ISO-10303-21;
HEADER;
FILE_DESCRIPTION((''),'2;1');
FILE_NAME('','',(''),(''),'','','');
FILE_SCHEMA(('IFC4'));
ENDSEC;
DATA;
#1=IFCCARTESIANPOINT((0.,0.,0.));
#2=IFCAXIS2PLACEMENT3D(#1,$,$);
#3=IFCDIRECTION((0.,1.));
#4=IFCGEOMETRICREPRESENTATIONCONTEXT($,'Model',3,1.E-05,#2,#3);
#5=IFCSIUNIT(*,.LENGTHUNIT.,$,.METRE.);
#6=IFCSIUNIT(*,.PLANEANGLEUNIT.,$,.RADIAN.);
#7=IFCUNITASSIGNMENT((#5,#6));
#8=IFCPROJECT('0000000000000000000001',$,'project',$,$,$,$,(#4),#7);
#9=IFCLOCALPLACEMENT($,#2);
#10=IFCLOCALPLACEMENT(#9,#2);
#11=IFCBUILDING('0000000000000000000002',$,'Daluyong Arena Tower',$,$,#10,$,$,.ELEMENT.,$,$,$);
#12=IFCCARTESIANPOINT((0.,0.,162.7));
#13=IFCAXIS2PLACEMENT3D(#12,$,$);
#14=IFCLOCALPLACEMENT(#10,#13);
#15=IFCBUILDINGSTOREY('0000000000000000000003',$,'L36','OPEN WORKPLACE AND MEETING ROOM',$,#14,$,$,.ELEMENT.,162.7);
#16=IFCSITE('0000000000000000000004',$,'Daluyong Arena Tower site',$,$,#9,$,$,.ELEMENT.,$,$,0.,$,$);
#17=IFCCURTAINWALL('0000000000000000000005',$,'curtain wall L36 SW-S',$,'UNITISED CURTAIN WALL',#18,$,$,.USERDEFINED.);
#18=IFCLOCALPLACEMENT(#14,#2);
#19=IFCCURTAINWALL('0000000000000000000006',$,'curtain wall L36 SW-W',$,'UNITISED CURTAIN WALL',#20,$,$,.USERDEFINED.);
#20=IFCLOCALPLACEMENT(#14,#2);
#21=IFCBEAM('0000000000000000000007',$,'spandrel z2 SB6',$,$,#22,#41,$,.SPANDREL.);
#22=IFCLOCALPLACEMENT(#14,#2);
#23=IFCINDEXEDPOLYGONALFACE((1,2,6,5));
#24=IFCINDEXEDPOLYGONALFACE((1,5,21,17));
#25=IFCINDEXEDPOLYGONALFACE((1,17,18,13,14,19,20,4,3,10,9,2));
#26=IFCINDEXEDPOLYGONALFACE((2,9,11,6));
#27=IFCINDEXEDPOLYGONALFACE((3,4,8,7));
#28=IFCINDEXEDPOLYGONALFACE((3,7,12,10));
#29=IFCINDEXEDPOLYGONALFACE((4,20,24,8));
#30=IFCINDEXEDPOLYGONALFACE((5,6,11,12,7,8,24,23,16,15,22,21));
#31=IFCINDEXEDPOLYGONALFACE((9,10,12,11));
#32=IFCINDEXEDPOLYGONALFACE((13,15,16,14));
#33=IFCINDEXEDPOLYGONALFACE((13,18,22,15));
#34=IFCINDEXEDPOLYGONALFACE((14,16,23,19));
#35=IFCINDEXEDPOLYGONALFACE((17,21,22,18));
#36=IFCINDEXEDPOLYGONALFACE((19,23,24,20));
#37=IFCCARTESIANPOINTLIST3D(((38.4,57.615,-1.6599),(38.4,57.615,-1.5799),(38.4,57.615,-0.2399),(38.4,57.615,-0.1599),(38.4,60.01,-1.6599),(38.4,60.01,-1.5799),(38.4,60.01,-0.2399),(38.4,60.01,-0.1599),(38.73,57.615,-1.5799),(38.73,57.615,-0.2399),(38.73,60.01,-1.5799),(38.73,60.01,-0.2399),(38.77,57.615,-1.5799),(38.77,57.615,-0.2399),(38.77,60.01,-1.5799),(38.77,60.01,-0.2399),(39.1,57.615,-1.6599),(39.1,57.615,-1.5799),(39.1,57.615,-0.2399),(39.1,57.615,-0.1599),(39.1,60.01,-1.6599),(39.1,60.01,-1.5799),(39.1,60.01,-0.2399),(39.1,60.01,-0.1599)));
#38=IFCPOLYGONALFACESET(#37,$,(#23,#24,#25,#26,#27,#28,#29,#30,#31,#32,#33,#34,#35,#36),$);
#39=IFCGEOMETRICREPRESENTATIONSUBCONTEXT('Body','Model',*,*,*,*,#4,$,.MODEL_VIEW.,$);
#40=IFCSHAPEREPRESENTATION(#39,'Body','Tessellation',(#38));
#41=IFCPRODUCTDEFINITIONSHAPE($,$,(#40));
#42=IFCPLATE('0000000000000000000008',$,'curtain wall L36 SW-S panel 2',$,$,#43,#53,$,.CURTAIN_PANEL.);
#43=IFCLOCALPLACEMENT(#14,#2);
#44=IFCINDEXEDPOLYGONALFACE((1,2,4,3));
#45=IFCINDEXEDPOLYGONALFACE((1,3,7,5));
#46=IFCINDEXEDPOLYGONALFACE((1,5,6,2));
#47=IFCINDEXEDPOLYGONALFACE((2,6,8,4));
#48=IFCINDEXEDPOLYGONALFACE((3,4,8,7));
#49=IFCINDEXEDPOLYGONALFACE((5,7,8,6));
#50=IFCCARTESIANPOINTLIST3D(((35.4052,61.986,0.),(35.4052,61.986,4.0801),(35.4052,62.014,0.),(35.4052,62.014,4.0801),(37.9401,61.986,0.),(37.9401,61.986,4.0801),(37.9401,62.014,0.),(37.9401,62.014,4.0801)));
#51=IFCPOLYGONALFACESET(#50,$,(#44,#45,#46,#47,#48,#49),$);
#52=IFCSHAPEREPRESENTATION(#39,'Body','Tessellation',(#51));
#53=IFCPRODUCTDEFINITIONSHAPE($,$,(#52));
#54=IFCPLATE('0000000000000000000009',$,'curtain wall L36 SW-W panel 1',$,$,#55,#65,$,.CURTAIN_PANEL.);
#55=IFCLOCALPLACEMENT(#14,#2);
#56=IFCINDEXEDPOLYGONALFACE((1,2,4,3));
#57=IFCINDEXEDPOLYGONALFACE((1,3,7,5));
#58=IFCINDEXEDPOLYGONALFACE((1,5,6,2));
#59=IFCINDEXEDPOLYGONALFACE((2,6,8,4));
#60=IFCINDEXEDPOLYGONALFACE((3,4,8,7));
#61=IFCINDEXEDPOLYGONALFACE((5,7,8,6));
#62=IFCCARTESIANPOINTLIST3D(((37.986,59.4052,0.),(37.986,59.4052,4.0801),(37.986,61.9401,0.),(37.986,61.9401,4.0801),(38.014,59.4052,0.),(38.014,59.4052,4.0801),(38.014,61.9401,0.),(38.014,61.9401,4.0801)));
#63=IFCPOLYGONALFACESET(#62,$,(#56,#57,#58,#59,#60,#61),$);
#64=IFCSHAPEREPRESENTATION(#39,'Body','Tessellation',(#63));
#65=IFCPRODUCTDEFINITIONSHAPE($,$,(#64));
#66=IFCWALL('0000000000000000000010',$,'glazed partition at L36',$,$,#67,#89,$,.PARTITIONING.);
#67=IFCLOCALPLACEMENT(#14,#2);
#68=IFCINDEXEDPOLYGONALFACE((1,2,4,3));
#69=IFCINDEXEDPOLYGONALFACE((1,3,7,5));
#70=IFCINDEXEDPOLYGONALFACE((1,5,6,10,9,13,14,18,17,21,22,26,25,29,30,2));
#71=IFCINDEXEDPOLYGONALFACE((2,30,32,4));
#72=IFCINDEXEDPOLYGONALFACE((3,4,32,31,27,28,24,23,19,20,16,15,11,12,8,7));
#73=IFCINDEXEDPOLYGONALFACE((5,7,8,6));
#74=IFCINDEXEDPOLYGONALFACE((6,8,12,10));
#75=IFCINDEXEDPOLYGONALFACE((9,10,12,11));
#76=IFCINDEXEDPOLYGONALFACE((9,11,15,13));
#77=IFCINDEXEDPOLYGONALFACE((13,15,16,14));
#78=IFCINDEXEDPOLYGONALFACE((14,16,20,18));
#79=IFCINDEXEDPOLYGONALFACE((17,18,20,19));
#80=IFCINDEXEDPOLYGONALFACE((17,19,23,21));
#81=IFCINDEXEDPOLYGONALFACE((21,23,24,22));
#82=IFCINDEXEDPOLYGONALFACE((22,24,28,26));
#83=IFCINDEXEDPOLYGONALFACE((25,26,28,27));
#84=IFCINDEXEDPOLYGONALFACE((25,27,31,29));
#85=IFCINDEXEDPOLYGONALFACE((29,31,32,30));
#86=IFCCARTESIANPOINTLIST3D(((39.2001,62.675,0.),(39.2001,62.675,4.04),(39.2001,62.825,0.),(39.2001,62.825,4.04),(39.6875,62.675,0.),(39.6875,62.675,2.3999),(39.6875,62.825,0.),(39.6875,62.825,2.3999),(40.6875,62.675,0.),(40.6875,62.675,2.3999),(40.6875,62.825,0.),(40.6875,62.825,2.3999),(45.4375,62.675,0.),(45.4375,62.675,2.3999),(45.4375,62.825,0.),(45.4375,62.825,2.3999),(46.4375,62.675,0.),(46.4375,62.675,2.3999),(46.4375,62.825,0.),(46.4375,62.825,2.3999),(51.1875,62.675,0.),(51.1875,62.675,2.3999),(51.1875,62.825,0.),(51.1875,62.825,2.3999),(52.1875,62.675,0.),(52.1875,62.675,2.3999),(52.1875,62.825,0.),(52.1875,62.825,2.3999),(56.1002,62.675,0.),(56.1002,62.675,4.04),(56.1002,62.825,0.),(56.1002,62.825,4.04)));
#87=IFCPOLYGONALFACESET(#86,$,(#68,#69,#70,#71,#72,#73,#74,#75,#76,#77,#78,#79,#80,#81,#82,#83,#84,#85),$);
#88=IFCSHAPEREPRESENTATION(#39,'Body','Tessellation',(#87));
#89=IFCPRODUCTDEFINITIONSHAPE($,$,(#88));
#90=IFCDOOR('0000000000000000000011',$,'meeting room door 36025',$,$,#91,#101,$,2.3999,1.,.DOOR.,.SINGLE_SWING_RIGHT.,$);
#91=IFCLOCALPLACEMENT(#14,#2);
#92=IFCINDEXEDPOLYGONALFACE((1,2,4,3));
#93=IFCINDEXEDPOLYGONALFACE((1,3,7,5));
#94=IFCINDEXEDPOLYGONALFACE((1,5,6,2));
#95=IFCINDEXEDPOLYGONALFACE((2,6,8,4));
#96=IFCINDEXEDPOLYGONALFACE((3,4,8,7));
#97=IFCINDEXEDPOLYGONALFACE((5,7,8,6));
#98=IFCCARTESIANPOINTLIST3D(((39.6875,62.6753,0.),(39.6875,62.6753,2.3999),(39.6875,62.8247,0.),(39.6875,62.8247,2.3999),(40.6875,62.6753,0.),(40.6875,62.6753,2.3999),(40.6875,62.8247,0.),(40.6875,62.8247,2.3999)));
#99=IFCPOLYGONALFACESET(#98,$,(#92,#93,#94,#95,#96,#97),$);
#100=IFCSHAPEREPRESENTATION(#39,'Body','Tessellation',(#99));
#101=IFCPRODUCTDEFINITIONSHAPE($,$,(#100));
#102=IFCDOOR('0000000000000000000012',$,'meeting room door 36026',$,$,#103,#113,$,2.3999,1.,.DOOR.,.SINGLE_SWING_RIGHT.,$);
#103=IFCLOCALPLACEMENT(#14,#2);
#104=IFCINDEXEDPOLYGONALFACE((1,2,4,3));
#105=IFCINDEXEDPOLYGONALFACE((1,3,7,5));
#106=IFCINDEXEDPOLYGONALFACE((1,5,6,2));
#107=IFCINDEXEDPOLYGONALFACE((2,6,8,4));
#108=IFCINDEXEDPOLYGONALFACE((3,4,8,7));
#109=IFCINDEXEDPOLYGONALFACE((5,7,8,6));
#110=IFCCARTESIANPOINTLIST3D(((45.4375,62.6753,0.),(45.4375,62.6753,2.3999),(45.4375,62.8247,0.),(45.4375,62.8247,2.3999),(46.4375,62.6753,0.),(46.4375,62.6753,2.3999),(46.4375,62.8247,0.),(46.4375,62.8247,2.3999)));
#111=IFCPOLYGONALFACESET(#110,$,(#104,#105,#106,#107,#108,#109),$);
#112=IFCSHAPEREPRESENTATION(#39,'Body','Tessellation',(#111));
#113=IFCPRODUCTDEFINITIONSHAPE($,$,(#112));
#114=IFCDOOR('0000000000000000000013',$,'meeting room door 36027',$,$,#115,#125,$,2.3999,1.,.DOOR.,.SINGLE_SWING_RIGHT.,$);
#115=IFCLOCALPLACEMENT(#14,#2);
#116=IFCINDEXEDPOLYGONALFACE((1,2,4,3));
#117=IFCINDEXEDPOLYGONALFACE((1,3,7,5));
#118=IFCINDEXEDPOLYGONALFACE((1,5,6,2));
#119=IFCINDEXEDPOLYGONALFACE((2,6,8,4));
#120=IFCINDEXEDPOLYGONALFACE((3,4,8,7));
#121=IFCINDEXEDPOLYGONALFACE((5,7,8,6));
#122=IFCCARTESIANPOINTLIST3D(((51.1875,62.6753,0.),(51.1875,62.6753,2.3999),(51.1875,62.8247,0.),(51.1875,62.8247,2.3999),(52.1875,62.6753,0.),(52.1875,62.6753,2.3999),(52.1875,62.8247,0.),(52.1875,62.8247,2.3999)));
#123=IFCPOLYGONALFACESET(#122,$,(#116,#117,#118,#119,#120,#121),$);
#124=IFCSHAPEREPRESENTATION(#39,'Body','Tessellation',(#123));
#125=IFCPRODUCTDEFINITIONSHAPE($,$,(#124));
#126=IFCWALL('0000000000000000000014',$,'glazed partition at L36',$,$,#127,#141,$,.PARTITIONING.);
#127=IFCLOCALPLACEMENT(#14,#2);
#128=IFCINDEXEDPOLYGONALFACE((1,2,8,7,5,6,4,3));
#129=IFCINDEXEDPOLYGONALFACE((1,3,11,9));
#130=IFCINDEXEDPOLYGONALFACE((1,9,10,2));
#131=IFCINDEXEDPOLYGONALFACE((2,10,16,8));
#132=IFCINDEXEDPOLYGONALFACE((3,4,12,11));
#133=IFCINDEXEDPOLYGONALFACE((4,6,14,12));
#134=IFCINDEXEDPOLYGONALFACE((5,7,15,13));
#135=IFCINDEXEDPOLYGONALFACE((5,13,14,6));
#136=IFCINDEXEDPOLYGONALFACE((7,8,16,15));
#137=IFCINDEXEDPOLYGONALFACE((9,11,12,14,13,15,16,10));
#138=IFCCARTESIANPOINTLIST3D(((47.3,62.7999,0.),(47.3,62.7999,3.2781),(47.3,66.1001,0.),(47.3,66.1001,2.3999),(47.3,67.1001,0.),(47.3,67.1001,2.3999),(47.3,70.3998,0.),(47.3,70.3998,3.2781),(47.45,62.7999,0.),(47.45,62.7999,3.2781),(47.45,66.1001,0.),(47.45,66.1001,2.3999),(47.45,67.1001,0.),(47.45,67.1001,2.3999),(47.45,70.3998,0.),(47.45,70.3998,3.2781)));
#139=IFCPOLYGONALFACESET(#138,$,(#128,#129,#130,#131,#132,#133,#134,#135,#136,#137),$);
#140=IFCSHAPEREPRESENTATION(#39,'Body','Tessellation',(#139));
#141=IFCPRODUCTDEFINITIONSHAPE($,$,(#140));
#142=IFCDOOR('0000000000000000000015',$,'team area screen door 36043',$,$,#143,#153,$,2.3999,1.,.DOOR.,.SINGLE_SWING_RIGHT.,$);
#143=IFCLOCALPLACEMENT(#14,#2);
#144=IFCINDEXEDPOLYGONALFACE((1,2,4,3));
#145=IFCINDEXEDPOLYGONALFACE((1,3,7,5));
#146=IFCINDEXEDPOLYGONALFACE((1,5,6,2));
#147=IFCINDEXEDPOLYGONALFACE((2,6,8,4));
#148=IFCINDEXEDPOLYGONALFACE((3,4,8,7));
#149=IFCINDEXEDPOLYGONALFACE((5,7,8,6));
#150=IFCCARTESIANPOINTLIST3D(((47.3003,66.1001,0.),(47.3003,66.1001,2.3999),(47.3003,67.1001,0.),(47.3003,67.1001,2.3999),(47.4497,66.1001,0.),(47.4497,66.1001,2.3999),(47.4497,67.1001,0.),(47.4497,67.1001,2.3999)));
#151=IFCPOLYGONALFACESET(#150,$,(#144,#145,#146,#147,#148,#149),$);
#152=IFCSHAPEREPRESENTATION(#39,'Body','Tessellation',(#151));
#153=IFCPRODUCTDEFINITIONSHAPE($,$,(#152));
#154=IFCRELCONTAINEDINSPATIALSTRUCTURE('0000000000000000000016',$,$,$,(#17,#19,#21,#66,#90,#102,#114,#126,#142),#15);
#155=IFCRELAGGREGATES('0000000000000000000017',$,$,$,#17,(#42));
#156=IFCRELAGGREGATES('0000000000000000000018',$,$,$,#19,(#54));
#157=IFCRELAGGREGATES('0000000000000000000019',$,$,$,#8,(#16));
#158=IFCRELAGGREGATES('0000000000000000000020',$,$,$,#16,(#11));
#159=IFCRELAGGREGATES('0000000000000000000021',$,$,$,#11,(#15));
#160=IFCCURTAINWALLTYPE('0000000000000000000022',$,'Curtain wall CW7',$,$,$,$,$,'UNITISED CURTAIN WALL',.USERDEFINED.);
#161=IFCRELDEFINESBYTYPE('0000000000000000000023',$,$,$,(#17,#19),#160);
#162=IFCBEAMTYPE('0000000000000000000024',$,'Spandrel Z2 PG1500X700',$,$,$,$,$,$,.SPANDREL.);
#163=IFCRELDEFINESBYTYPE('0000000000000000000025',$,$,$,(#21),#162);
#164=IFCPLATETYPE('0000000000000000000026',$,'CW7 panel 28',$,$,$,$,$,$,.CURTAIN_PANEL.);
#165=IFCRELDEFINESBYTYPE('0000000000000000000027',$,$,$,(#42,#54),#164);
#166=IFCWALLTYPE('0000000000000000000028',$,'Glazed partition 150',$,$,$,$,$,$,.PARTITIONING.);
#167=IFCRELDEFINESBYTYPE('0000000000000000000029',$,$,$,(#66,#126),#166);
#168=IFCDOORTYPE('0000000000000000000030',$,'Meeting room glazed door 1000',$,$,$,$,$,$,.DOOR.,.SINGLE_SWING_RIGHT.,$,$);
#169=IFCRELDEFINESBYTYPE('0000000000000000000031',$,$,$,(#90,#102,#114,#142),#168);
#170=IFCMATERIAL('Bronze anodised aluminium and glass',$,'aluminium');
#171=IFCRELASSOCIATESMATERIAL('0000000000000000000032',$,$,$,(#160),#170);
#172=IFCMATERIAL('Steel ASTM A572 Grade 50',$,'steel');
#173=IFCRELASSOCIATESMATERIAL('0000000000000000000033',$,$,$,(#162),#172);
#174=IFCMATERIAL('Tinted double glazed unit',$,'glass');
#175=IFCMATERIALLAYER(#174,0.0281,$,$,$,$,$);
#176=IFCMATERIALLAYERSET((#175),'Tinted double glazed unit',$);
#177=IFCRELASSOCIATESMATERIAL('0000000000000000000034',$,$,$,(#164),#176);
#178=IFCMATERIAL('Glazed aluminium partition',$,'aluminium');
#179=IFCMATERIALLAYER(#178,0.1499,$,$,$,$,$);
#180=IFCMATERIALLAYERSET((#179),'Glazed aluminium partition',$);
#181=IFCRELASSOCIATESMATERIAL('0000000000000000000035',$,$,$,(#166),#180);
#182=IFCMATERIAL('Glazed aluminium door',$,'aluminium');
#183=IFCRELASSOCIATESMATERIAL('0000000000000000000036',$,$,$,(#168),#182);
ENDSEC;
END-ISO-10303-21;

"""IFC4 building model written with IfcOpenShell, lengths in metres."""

from ifc_helpers import new_model, si_unit, direction, frame, frame_2d, origin, origin_2d, place, context, subcontext, project, spatial, rectangle, i_section, extrude, material, layer, layer_set, material_profile, profile_set, type_object, element, fill, aggregate, save


model = new_model("IFC4")

# Units and contexts
model_context = context("Model", 3, precision=1e-05, world=origin(), true_north=direction((0.0, 1.0)))
body_context = subcontext(model_context, "Body", "Model", "MODEL_VIEW")
ifc_project = project(units=[si_unit("LENGTHUNIT", "METRE"), si_unit("PLANEANGLEUNIT", "RADIAN")], contexts=[model_context])

# Site, building, storey
site_placement = place(None, origin())
site = spatial("IfcSite", under=ifc_project, at=site_placement, Name="Daluyong Arena Tower site", CompositionType="ELEMENT", RefElevation=0.0)
building_placement = place(site_placement, origin())
building = spatial("IfcBuilding", under=site, at=building_placement, Name="Daluyong Arena Tower", CompositionType="ELEMENT")
storey_placement = place(building_placement, frame((0.0, 0.0, 162.7)))
storey = spatial("IfcBuildingStorey", under=building, at=storey_placement, Name="L36", Description="OPEN WORKPLACE AND MEETING ROOM", CompositionType="ELEMENT", Elevation=162.7)

# Curtain wall
ifc_material_1 = material(Name="Bronze anodised aluminium and glass", Category="aluminium")
curtain_wall_type = type_object("IfcCurtainWallType", Name="Curtain wall CW7", ElementType="UNITISED CURTAIN WALL", PredefinedType="USERDEFINED", material=ifc_material_1)
curtain_wall_1_placement = place(storey_placement, origin())
curtain_wall_1 = element("IfcCurtainWall", 1, at=curtain_wall_1_placement, inside=storey, type_object=curtain_wall_type, Name="curtain wall L36 SW-S", ObjectType="UNITISED CURTAIN WALL", PredefinedType="USERDEFINED")

# Curtain wall
curtain_wall_2_placement = place(storey_placement, origin())
curtain_wall_2 = element("IfcCurtainWall", 2, at=curtain_wall_2_placement, inside=storey, type_object=curtain_wall_type, Name="curtain wall L36 SW-W", ObjectType="UNITISED CURTAIN WALL", PredefinedType="USERDEFINED")

# Beam
ifc_material_2 = material(Name="Steel ASTM A572 Grade 50", Category="steel")
ifc_material_profile_1 = material_profile(ifc_material_2, i_section(OverallWidth=0.7, OverallDepth=1.5, WebThickness=0.04, FlangeThickness=0.08, at=origin_2d()))
ifc_profile_set_1 = profile_set([ifc_material_profile_1], Name="Steel ASTM A572 Grade 50")
beam_type_1 = type_object("IfcBeamType", Name="Spandrel Z2 PG1500X700", PredefinedType="SPANDREL", material=ifc_profile_set_1)
for number, where, z_axis, x_axis, name in (
    (3, (38.75, 60.01, -0.9099), (0.0, -1.0, 0.0), (1.0, 0.0, 0.0), "spandrel z2 SB6"),
):
    element("IfcBeam", number, at=place(storey_placement, frame(where, z_axis=z_axis, x_axis=x_axis)), inside=storey, type_object=beam_type_1, Name=name, PredefinedType="SPANDREL", context=body_context, shape_type="SweptSolid", body=[
        extrude(i_section(OverallWidth=0.7, OverallDepth=1.5, WebThickness=0.04, FlangeThickness=0.08, at=origin_2d()), origin(), (0.0, 0.0, 1.0), 2.395),
    ])

# Plates
ifc_material_3 = material(Name="Tinted double glazed unit", Category="glass")
ifc_layer_1 = layer(ifc_material_3, 0.0281)
ifc_layer_set_1 = layer_set([ifc_layer_1], Name="Tinted double glazed unit")
plate_type = type_object("IfcPlateType", Name="CW7 panel 28", PredefinedType="CURTAIN_PANEL", material=ifc_layer_set_1)
plate_1_placement = place(storey_placement, frame((36.6726, 62.0, 0.0), z_axis=(0.0, 0.0, 1.0), x_axis=(1.0, 0.0, 0.0)))
plate_1 = element("IfcPlate", 4, at=plate_1_placement, type_object=plate_type, Name="curtain wall L36 SW-S panel 2", PredefinedType="CURTAIN_PANEL", context=body_context, shape_type="SweptSolid", body=[
    extrude(rectangle(XDim=2.5349, YDim=0.0281, at=origin_2d()), origin(), (0.0, 0.0, 1.0), 4.0801),
])
aggregate(curtain_wall_1, [plate_1])
plate_2_placement = place(storey_placement, frame((38.0, 60.6726, 0.0), z_axis=(0.0, 0.0, 1.0), x_axis=(0.0, -1.0, 0.0)))
plate_2 = element("IfcPlate", 5, at=plate_2_placement, type_object=plate_type, Name="curtain wall L36 SW-W panel 1", PredefinedType="CURTAIN_PANEL", context=body_context, shape_type="SweptSolid", body=[
    extrude(rectangle(XDim=2.5349, YDim=0.0281, at=origin_2d()), origin(), (0.0, 0.0, 1.0), 4.0801),
])
aggregate(curtain_wall_2, [plate_2])

# Wall, openings, doors
ifc_material_4 = material(Name="Glazed aluminium partition", Category="aluminium")
ifc_layer_2 = layer(ifc_material_4, 0.1499)
ifc_layer_set_2 = layer_set([ifc_layer_2], Name="Glazed aluminium partition")
wall_type_1 = type_object("IfcWallType", Name="Glazed partition 150", PredefinedType="PARTITIONING", material=ifc_layer_set_2)
wall_1_placement = place(storey_placement, frame((39.2, 62.75, 0.0), z_axis=(0.0, 0.0, 1.0), x_axis=(1.0, 0.0, 0.0)))
wall_1 = element("IfcWall", 6, at=wall_1_placement, inside=storey, type_object=wall_type_1, Name="glazed partition at L36", PredefinedType="PARTITIONING", context=body_context, shape_type="SweptSolid", body=[
    extrude(rectangle(XDim=16.9001, YDim=0.1499, at=frame_2d((8.4502, 0.0))), origin(), (0.0, 0.0, 1.0), 4.04),
])
opening_1_placement = place(wall_1_placement, frame((0.4875, 0.0, 0.0)))
opening_1 = element("IfcOpeningElement", 7, at=opening_1_placement, cuts=wall_1, PredefinedType="OPENING", context=body_context, shape_type="SweptSolid", body=[
    extrude(rectangle(XDim=1.0, YDim=2.3999, at=frame_2d((0.5, 1.2))), frame((0.0, 0.085, 0.0), z_axis=(0.0, -1.0, 0.0), x_axis=(1.0, 0.0, 0.0)), (0.0, 0.0, 1.0), 0.1699),
])
opening_2_placement = place(wall_1_placement, frame((6.2375, 0.0, 0.0)))
opening_2 = element("IfcOpeningElement", 8, at=opening_2_placement, cuts=wall_1, PredefinedType="OPENING", context=body_context, shape_type="SweptSolid", body=[
    extrude(rectangle(XDim=1.0, YDim=2.3999, at=frame_2d((0.5, 1.2))), frame((0.0, 0.085, 0.0), z_axis=(0.0, -1.0, 0.0), x_axis=(1.0, 0.0, 0.0)), (0.0, 0.0, 1.0), 0.1699),
])
opening_3_placement = place(wall_1_placement, frame((11.9875, 0.0, 0.0)))
opening_3 = element("IfcOpeningElement", 9, at=opening_3_placement, cuts=wall_1, PredefinedType="OPENING", context=body_context, shape_type="SweptSolid", body=[
    extrude(rectangle(XDim=1.0, YDim=2.3999, at=frame_2d((0.5, 1.2))), frame((0.0, 0.085, 0.0), z_axis=(0.0, -1.0, 0.0), x_axis=(1.0, 0.0, 0.0)), (0.0, 0.0, 1.0), 0.1699),
])
ifc_material_5 = material(Name="Glazed aluminium door", Category="aluminium")
door_type_1 = type_object("IfcDoorType", Name="Meeting room glazed door 1000", OperationType="SINGLE_SWING_RIGHT", PredefinedType="DOOR", material=ifc_material_5)
door_1_placement = place(opening_1_placement, origin())
door_1 = element("IfcDoor", 10, at=door_1_placement, inside=storey, type_object=door_type_1, Name="meeting room door 36025", OperationType="SINGLE_SWING_RIGHT", OverallHeight=2.3999, OverallWidth=1.0, PredefinedType="DOOR", context=body_context, shape_type="SweptSolid", body=[
    extrude(rectangle(XDim=1.0, YDim=2.3999, at=frame_2d((0.5, 1.2))), frame((0.0, 0.0747, 0.0), z_axis=(0.0, -1.0, 0.0), x_axis=(1.0, 0.0, 0.0)), (0.0, 0.0, 1.0), 0.1494),
])
fill(opening_1, door_1)
door_2_placement = place(opening_2_placement, origin())
door_2 = element("IfcDoor", 11, at=door_2_placement, inside=storey, type_object=door_type_1, Name="meeting room door 36026", OperationType="SINGLE_SWING_RIGHT", OverallHeight=2.3999, OverallWidth=1.0, PredefinedType="DOOR", context=body_context, shape_type="SweptSolid", body=[
    extrude(rectangle(XDim=1.0, YDim=2.3999, at=frame_2d((0.5, 1.2))), frame((0.0, 0.0747, 0.0), z_axis=(0.0, -1.0, 0.0), x_axis=(1.0, 0.0, 0.0)), (0.0, 0.0, 1.0), 0.1494),
])
fill(opening_2, door_2)
door_3_placement = place(opening_3_placement, origin())
door_3 = element("IfcDoor", 12, at=door_3_placement, inside=storey, type_object=door_type_1, Name="meeting room door 36027", OperationType="SINGLE_SWING_RIGHT", OverallHeight=2.3999, OverallWidth=1.0, PredefinedType="DOOR", context=body_context, shape_type="SweptSolid", body=[
    extrude(rectangle(XDim=1.0, YDim=2.3999, at=frame_2d((0.5, 1.2))), frame((0.0, 0.0747, 0.0), z_axis=(0.0, -1.0, 0.0), x_axis=(1.0, 0.0, 0.0)), (0.0, 0.0, 1.0), 0.1494),
])
fill(opening_3, door_3)

# Wall, opening, door
wall_2_placement = place(storey_placement, frame((47.375, 62.8, 0.0), z_axis=(0.0, 0.0, 1.0), x_axis=(0.0, 1.0, 0.0)))
wall_2 = element("IfcWall", 13, at=wall_2_placement, inside=storey, type_object=wall_type_1, Name="glazed partition at L36", PredefinedType="PARTITIONING", context=body_context, shape_type="SweptSolid", body=[
    extrude(rectangle(XDim=7.5999, YDim=0.1499, at=frame_2d((3.7998, 0.0))), origin(), (0.0, 0.0, 1.0), 3.2781),
])
opening_4_placement = place(wall_2_placement, frame((3.3, 0.0, 0.0)))
opening_4 = element("IfcOpeningElement", 14, at=opening_4_placement, cuts=wall_2, PredefinedType="OPENING", context=body_context, shape_type="SweptSolid", body=[
    extrude(rectangle(XDim=1.0, YDim=2.3999, at=frame_2d((0.5, 1.2))), frame((0.0, 0.085, 0.0), z_axis=(0.0, -1.0, 0.0), x_axis=(1.0, 0.0, 0.0)), (0.0, 0.0, 1.0), 0.1699),
])
door_4_placement = place(opening_4_placement, origin())
door_4 = element("IfcDoor", 15, at=door_4_placement, inside=storey, type_object=door_type_1, Name="team area screen door 36043", OperationType="SINGLE_SWING_RIGHT", OverallHeight=2.3999, OverallWidth=1.0, PredefinedType="DOOR", context=body_context, shape_type="SweptSolid", body=[
    extrude(rectangle(XDim=1.0, YDim=2.3999, at=frame_2d((0.5, 1.2))), frame((0.0, 0.0747, 0.0), z_axis=(0.0, -1.0, 0.0), x_axis=(1.0, 0.0, 0.0)), (0.0, 0.0, 1.0), 0.1494),
])
fill(opening_4, door_4)

save(model, "model.ifc")
